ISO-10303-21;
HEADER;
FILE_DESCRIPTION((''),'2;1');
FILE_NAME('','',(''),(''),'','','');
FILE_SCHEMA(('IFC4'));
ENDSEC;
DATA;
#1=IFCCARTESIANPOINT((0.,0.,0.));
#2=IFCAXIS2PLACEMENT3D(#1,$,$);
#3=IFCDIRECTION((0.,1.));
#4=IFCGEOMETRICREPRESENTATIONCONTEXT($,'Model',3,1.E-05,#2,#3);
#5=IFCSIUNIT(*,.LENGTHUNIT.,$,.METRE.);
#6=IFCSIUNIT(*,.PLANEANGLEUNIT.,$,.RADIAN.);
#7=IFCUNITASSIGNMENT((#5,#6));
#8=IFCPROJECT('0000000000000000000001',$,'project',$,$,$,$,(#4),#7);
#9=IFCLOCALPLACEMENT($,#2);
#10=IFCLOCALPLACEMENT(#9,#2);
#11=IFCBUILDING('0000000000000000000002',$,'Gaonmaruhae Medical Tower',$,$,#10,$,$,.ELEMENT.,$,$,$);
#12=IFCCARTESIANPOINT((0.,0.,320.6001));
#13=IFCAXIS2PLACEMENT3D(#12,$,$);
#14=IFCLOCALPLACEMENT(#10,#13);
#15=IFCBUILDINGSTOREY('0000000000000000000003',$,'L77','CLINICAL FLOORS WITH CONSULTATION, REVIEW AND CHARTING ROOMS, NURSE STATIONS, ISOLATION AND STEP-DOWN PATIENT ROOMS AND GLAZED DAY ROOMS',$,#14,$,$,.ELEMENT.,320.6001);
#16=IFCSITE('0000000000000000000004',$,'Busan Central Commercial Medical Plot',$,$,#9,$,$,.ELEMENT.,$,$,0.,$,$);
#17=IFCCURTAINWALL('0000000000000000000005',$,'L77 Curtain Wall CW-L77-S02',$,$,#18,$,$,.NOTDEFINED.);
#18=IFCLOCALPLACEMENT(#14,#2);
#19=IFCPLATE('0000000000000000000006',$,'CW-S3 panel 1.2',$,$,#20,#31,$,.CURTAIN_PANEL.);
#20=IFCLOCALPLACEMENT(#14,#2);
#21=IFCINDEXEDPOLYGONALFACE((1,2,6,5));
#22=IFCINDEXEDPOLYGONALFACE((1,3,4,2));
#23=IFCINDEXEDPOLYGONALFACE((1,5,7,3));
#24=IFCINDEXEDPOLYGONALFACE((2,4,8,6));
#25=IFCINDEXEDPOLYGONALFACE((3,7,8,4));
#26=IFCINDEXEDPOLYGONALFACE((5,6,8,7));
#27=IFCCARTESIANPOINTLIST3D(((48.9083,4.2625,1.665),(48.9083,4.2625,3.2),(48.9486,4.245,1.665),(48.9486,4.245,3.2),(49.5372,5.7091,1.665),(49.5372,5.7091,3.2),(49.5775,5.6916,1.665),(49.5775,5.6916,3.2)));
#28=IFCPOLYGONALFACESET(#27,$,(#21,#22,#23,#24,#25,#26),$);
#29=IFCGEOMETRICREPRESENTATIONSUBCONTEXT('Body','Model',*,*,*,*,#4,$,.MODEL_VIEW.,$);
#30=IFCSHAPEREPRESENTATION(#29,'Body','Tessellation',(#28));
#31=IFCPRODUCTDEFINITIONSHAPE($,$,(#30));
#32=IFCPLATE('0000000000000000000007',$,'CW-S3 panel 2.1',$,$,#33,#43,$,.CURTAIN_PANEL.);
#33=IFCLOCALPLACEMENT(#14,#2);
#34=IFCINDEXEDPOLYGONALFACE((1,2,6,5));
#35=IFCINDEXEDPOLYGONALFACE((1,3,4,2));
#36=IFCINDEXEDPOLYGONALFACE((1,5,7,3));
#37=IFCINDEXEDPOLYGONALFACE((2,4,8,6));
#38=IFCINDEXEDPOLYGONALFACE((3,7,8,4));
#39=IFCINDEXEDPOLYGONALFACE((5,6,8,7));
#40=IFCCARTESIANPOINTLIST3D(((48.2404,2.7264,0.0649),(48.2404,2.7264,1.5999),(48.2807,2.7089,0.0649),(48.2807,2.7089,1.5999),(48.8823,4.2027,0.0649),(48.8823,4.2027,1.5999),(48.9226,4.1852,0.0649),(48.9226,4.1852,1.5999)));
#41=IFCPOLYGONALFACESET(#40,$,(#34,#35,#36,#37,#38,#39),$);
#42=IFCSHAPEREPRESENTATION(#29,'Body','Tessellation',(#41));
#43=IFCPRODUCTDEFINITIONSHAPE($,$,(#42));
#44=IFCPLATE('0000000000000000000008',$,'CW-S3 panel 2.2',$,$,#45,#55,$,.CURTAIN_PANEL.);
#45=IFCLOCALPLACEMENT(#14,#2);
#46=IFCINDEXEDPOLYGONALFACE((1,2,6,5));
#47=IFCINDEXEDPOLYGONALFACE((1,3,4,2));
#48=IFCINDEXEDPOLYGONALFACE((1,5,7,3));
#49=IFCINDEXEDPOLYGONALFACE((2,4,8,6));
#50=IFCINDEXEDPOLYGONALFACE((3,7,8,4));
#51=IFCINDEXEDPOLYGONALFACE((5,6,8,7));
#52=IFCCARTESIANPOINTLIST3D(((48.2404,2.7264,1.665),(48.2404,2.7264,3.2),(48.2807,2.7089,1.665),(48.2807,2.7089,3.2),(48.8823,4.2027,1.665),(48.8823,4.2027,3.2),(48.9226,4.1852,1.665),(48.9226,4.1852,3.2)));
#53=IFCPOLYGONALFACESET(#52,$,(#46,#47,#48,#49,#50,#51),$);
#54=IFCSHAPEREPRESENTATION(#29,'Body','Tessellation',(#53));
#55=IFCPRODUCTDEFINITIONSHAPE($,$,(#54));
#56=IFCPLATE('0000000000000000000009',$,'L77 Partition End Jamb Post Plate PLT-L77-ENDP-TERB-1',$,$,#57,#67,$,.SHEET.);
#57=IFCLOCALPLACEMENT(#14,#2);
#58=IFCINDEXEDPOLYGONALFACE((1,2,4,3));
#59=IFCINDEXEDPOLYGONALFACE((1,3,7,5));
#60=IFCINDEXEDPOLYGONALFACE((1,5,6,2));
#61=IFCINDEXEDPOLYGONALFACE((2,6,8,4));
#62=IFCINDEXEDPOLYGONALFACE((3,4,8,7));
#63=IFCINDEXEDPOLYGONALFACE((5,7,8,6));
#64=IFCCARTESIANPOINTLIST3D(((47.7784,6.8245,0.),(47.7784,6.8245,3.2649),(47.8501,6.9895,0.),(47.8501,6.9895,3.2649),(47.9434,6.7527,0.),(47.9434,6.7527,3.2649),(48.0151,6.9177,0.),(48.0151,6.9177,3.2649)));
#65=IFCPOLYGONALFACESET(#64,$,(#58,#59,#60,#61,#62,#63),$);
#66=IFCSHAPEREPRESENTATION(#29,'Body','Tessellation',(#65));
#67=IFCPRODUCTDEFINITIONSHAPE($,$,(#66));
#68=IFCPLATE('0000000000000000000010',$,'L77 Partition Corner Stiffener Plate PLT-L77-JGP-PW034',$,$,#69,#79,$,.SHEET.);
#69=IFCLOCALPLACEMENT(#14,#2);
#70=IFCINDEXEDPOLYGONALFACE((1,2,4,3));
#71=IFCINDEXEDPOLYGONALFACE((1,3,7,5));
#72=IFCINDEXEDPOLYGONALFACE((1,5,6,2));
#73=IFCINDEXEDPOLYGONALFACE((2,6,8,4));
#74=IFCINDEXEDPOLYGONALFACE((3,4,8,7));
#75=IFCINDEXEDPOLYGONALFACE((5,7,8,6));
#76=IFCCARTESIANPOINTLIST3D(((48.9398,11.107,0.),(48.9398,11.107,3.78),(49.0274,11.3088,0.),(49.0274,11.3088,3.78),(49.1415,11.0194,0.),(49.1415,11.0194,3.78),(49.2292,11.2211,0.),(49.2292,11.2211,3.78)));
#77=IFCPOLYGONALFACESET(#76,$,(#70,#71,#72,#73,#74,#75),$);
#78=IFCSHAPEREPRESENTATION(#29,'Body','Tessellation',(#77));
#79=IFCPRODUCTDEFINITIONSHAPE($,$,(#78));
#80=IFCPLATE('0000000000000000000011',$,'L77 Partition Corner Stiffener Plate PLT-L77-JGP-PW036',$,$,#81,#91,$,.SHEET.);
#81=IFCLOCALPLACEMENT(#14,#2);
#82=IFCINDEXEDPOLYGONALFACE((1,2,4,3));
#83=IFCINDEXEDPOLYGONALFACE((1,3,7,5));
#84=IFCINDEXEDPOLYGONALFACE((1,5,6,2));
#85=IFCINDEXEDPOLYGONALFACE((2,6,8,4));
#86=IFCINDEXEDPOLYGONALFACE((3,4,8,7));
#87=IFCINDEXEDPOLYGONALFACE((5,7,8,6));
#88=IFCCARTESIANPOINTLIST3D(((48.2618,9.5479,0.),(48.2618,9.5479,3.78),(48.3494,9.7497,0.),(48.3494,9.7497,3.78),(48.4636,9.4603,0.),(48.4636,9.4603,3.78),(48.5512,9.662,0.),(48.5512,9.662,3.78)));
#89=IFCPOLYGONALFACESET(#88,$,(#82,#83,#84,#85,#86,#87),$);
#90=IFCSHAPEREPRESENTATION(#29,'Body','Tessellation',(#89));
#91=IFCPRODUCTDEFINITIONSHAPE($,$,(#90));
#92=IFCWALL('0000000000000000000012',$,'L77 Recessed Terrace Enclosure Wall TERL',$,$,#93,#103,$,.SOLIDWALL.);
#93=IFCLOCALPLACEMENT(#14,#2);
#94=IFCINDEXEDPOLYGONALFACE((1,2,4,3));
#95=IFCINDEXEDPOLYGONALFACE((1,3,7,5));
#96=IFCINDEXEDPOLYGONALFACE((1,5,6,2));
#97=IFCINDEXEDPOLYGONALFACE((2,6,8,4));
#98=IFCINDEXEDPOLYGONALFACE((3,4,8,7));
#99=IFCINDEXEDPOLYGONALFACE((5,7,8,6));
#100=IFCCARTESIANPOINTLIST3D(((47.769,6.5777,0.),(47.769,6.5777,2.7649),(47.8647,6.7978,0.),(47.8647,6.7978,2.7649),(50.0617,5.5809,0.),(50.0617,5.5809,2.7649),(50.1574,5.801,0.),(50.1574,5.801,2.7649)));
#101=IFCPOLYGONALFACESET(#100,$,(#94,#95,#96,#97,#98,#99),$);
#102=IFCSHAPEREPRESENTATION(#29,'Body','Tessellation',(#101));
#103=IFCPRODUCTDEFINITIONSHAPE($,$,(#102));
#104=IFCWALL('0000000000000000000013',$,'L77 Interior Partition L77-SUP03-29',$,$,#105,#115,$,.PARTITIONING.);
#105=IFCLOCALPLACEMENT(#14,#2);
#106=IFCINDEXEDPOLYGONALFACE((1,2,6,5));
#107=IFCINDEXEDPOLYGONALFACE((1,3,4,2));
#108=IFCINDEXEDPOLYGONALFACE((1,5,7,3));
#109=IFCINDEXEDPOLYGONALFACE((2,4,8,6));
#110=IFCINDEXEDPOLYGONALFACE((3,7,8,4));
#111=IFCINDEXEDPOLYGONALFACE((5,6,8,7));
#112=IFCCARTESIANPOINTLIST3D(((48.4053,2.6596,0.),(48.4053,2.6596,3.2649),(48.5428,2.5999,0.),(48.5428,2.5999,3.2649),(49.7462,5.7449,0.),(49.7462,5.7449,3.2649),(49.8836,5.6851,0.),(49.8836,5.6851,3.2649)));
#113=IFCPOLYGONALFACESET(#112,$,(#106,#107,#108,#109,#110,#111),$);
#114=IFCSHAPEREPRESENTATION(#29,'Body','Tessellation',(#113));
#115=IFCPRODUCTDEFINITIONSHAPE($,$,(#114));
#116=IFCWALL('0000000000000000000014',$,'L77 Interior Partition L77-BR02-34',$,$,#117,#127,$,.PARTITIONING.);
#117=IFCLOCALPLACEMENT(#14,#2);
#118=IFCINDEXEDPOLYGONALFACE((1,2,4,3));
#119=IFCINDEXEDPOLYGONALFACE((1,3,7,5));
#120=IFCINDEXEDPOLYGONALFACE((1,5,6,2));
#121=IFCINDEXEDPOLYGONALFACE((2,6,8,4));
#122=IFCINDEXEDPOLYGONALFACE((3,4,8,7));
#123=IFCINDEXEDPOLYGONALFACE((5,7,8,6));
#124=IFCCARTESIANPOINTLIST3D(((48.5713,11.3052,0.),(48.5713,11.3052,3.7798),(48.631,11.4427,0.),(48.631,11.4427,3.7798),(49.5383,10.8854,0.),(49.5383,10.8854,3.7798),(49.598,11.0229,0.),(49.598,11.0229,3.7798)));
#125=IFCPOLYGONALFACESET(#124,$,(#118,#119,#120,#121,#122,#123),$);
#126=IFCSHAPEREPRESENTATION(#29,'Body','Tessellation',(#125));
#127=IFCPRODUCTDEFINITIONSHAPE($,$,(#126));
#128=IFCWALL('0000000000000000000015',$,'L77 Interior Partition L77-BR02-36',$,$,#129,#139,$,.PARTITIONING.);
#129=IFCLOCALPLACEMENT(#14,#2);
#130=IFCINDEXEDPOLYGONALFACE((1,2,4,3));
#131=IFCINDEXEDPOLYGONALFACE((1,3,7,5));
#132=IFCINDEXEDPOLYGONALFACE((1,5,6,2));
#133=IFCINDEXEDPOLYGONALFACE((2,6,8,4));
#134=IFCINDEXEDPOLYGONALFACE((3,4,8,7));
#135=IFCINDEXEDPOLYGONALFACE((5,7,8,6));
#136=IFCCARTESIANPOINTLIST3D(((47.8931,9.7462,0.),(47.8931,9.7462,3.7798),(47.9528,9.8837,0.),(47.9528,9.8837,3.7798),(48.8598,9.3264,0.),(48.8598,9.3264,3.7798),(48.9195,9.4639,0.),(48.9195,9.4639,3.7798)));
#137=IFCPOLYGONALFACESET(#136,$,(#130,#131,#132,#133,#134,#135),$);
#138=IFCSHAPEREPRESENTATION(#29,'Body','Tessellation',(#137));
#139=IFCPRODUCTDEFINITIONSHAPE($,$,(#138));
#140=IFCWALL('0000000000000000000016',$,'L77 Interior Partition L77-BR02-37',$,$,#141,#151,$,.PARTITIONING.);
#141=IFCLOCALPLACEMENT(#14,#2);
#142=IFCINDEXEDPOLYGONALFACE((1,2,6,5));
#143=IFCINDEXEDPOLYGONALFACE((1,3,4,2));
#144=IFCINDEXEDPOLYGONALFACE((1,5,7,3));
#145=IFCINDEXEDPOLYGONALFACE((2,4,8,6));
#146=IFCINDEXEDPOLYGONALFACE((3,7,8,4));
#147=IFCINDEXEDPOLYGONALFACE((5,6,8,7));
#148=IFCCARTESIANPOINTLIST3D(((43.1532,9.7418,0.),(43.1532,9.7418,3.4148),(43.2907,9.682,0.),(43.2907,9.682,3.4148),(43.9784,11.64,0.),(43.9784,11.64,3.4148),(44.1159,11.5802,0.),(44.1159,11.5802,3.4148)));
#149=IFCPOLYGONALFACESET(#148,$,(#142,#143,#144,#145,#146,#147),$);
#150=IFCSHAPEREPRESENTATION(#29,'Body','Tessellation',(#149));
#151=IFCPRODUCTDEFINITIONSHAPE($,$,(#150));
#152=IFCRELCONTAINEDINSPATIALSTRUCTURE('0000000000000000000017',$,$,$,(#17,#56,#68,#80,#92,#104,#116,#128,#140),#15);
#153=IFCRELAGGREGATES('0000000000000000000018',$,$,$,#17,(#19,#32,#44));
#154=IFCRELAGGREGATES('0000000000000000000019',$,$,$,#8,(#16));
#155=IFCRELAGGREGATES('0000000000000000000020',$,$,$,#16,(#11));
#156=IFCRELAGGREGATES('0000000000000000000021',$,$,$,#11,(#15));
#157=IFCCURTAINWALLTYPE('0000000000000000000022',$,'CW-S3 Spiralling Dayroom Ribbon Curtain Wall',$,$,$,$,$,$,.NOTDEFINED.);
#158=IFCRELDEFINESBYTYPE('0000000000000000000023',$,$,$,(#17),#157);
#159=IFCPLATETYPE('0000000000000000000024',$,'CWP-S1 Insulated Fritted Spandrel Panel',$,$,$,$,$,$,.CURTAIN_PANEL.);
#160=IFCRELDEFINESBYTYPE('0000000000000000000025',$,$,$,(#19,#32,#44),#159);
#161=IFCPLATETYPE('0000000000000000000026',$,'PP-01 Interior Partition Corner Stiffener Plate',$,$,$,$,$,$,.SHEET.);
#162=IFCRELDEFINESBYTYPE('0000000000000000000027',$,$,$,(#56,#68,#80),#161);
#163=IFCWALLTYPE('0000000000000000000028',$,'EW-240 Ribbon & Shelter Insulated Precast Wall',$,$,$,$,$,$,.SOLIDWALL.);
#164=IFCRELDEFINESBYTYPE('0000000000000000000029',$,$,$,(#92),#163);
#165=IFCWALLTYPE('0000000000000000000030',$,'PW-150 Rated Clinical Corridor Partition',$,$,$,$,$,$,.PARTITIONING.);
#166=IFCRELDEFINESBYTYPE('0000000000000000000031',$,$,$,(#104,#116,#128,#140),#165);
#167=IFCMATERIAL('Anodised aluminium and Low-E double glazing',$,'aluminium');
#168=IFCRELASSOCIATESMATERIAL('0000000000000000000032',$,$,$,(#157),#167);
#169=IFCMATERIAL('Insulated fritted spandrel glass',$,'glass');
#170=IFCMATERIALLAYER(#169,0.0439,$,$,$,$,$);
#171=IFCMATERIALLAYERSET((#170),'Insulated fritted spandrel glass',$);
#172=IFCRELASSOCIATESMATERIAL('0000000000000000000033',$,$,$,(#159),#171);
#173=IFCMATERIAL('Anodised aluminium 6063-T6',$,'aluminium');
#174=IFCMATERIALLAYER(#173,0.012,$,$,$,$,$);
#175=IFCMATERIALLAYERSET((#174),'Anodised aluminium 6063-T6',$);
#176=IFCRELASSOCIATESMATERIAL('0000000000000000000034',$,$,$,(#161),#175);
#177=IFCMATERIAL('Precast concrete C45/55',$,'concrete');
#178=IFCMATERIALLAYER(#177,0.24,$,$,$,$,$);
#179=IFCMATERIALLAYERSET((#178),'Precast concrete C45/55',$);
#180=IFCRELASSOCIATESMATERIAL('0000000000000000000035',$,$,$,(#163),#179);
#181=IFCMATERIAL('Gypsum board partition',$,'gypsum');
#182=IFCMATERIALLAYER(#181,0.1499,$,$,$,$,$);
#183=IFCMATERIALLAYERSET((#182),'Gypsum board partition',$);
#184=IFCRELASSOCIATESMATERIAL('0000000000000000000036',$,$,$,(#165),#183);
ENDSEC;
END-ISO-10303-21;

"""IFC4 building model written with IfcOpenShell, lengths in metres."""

from ifc_helpers import new_model, si_unit, direction, frame, frame_2d, origin, origin_2d, place, context, subcontext, project, spatial, rectangle, extrude, material, layer, layer_set, type_object, element, aggregate, save


model = new_model("IFC4")

# Units and contexts
model_context = context("Model", 3, precision=1e-05, world=origin(), true_north=direction((0.0, 1.0)))
body_context = subcontext(model_context, "Body", "Model", "MODEL_VIEW")
ifc_project = project(units=[si_unit("LENGTHUNIT", "METRE"), si_unit("PLANEANGLEUNIT", "RADIAN")], contexts=[model_context])

# Site, building, storey
site_placement = place(None, origin())
site = spatial("IfcSite", under=ifc_project, at=site_placement, Name="Busan Central Commercial Medical Plot", CompositionType="ELEMENT", RefElevation=0.0)
building_placement = place(site_placement, origin())
building = spatial("IfcBuilding", under=site, at=building_placement, Name="Gaonmaruhae Medical Tower", CompositionType="ELEMENT")
storey_placement = place(building_placement, frame((0.0, 0.0, 320.6001)))
storey = spatial("IfcBuildingStorey", under=building, at=storey_placement, Name="L77", Description="CLINICAL FLOORS WITH CONSULTATION, REVIEW AND CHARTING ROOMS, NURSE STATIONS, ISOLATION AND STEP-DOWN PATIENT ROOMS AND GLAZED DAY ROOMS", CompositionType="ELEMENT", Elevation=320.6001)

# Curtain wall
ifc_material_1 = material(Name="Anodised aluminium and Low-E double glazing", Category="aluminium")
curtain_wall_type = type_object("IfcCurtainWallType", Name="CW-S3 Spiralling Dayroom Ribbon Curtain Wall", PredefinedType="NOTDEFINED", material=ifc_material_1)
curtain_wall_placement = place(storey_placement, origin())
curtain_wall = element("IfcCurtainWall", 1, at=curtain_wall_placement, inside=storey, type_object=curtain_wall_type, Name="L77 Curtain Wall CW-L77-S02", PredefinedType="NOTDEFINED")
ifc_material_2 = material(Name="Anodised aluminium 6063-T6", Category="aluminium")

# Plates
ifc_material_3 = material(Name="Insulated fritted spandrel glass", Category="glass")
ifc_layer_1 = layer(ifc_material_3, 0.0439)
ifc_layer_set_1 = layer_set([ifc_layer_1], Name="Insulated fritted spandrel glass")
plate_type_1 = type_object("IfcPlateType", Name="CWP-S1 Insulated Fritted Spandrel Panel", PredefinedType="CURTAIN_PANEL", material=ifc_layer_set_1)
plate_1_placement = place(storey_placement, frame((49.2429, 4.9771, 1.665), z_axis=(0.0, 0.0, 1.0), x_axis=(-0.398732, -0.917068, 0.0)))
plate_1 = element("IfcPlate", 2, at=plate_1_placement, type_object=plate_type_1, Name="CW-S3 panel 1.2", PredefinedType="CURTAIN_PANEL", context=body_context, shape_type="SweptSolid", body=[
    extrude(rectangle(XDim=1.5774, YDim=0.0439, at=origin_2d()), origin(), (0.0, 0.0, 1.0), 1.5349),
])
plate_2_placement = place(storey_placement, frame((48.5815, 3.4558, 0.0649), z_axis=(0.0, 0.0, 1.0), x_axis=(-0.398732, -0.917068, 0.0)))
plate_2 = element("IfcPlate", 3, at=plate_2_placement, type_object=plate_type_1, Name="CW-S3 panel 2.1", PredefinedType="CURTAIN_PANEL", context=body_context, shape_type="SweptSolid", body=[
    extrude(rectangle(XDim=1.6099, YDim=0.0439, at=origin_2d()), origin(), (0.0, 0.0, 1.0), 1.5349),
])
plate_3_placement = place(storey_placement, frame((48.5815, 3.4558, 1.665), z_axis=(0.0, 0.0, 1.0), x_axis=(-0.398732, -0.917068, 0.0)))
plate_3 = element("IfcPlate", 4, at=plate_3_placement, type_object=plate_type_1, Name="CW-S3 panel 2.2", PredefinedType="CURTAIN_PANEL", context=body_context, shape_type="SweptSolid", body=[
    extrude(rectangle(XDim=1.6099, YDim=0.0439, at=origin_2d()), origin(), (0.0, 0.0, 1.0), 1.5349),
])
aggregate(curtain_wall, [plate_1, plate_2, plate_3])

# Plates
ifc_layer_2 = layer(ifc_material_2, 0.012)
ifc_layer_set_2 = layer_set([ifc_layer_2], Name="Anodised aluminium 6063-T6")
plate_type_2 = type_object("IfcPlateType", Name="PP-01 Interior Partition Corner Stiffener Plate", PredefinedType="SHEET", material=ifc_layer_set_2)
plate_4_placement = place(storey_placement, frame((47.8967, 6.8711, 0.0), z_axis=(0.0, 0.0, 1.0), x_axis=(-0.398749, -0.91706, 0.0)))
element("IfcPlate", 5, at=plate_4_placement, inside=storey, type_object=plate_type_2, Name="L77 Partition End Jamb Post Plate PLT-L77-ENDP-TERB-1", PredefinedType="SHEET", context=body_context, shape_type="SweptSolid", body=[
    extrude(rectangle(XDim=0.1799, YDim=0.1799, at=origin_2d()), origin(), (0.0, 0.0, 1.0), 3.2649),
])
for number, where, z_axis, x_axis, name in (
    (6, (49.0845, 11.1641, 0.0), (0.0, 0.0, 1.0), (-0.91722, 0.398381, 0.0), "L77 Partition Corner Stiffener Plate PLT-L77-JGP-PW034"),
    (7, (48.4065, 9.605, 0.0), (0.0, 0.0, 1.0), (0.91722, -0.398381, 0.0), "L77 Partition Corner Stiffener Plate PLT-L77-JGP-PW036"),
):
    element("IfcPlate", number, at=place(storey_placement, frame(where, z_axis=z_axis, x_axis=x_axis)), inside=storey, type_object=plate_type_2, Name=name, PredefinedType="SHEET", context=body_context, shape_type="SweptSolid", body=[
        extrude(rectangle(XDim=0.22, YDim=0.22, at=origin_2d()), origin(), (0.0, 0.0, 1.0), 3.78),
    ])

# Walls
ifc_material_4 = material(Name="Precast concrete C45/55", Category="concrete")
ifc_layer_3 = layer(ifc_material_4, 0.24)
ifc_layer_set_3 = layer_set([ifc_layer_3], Name="Precast concrete C45/55")
wall_type_1 = type_object("IfcWallType", Name="EW-240 Ribbon & Shelter Insulated Precast Wall", PredefinedType="SOLIDWALL", material=ifc_layer_set_3)
wall_1_placement = place(storey_placement, frame((47.8169, 6.6877, 0.0), z_axis=(0.0, 0.0, 1.0), x_axis=(0.917072, -0.398723, 0.0)))
element("IfcWall", 8, at=wall_1_placement, inside=storey, type_object=wall_type_1, Name="L77 Recessed Terrace Enclosure Wall TERL", PredefinedType="SOLIDWALL", context=body_context, shape_type="SweptSolid", body=[
    extrude(rectangle(XDim=2.5, YDim=0.24, at=frame_2d((1.25, 0.0))), origin(), (0.0, 0.0, 1.0), 2.7649),
])
ifc_material_5 = material(Name="Gypsum board partition", Category="gypsum")
ifc_layer_4 = layer(ifc_material_5, 0.1499)
ifc_layer_set_4 = layer_set([ifc_layer_4], Name="Gypsum board partition")
wall_type_2 = type_object("IfcWallType", Name="PW-150 Rated Clinical Corridor Partition", PredefinedType="PARTITIONING", material=ifc_layer_set_4)
wall_2_placement = place(storey_placement, frame((49.8149, 5.7151, 0.0), z_axis=(0.0, 0.0, 1.0), x_axis=(-0.398583, -0.917132, 0.0)))
element("IfcWall", 9, at=wall_2_placement, inside=storey, type_object=wall_type_2, Name="L77 Interior Partition L77-SUP03-29", PredefinedType="PARTITIONING", context=body_context, shape_type="SweptSolid", body=[
    extrude(rectangle(XDim=3.364, YDim=0.1499, at=frame_2d((1.6821, 0.0))), origin(), (0.0, 0.0, 1.0), 3.2649),
])
wall_3_placement = place(storey_placement, frame((49.5681, 10.9541, 0.0), z_axis=(0.0, 0.0, 1.0), x_axis=(-0.917254, 0.398303, 0.0)))
element("IfcWall", 10, at=wall_3_placement, inside=storey, type_object=wall_type_2, Name="L77 Interior Partition L77-BR02-34", PredefinedType="PARTITIONING", context=body_context, shape_type="SweptSolid", body=[
    extrude(rectangle(XDim=1.0542, YDim=0.1499, at=frame_2d((0.5271, 0.0))), origin(), (0.0, 0.0, 1.0), 3.7798),
])
wall_4_placement = place(storey_placement, frame((47.9231, 9.8149, 0.0), z_axis=(0.0, 0.0, 1.0), x_axis=(0.917217, -0.398387, 0.0)))
element("IfcWall", 11, at=wall_4_placement, inside=storey, type_object=wall_type_2, Name="L77 Interior Partition L77-BR02-36", PredefinedType="PARTITIONING", context=body_context, shape_type="SweptSolid", body=[
    extrude(rectangle(XDim=1.054, YDim=0.1499, at=frame_2d((0.5269, 0.0))), origin(), (0.0, 0.0, 1.0), 3.7798),
])
wall_5_placement = place(storey_placement, frame((43.2219, 9.7119, 0.0), z_axis=(0.0, 0.0, 1.0), x_axis=(0.398683, 0.917089, 0.0)))
element("IfcWall", 12, at=wall_5_placement, inside=storey, type_object=wall_type_2, Name="L77 Interior Partition L77-BR02-37", PredefinedType="PARTITIONING", context=body_context, shape_type="SweptSolid", body=[
    extrude(rectangle(XDim=2.0698, YDim=0.1499, at=frame_2d((1.0349, 0.0))), origin(), (0.0, 0.0, 1.0), 3.4148),
])

save(model, "model.ifc")
